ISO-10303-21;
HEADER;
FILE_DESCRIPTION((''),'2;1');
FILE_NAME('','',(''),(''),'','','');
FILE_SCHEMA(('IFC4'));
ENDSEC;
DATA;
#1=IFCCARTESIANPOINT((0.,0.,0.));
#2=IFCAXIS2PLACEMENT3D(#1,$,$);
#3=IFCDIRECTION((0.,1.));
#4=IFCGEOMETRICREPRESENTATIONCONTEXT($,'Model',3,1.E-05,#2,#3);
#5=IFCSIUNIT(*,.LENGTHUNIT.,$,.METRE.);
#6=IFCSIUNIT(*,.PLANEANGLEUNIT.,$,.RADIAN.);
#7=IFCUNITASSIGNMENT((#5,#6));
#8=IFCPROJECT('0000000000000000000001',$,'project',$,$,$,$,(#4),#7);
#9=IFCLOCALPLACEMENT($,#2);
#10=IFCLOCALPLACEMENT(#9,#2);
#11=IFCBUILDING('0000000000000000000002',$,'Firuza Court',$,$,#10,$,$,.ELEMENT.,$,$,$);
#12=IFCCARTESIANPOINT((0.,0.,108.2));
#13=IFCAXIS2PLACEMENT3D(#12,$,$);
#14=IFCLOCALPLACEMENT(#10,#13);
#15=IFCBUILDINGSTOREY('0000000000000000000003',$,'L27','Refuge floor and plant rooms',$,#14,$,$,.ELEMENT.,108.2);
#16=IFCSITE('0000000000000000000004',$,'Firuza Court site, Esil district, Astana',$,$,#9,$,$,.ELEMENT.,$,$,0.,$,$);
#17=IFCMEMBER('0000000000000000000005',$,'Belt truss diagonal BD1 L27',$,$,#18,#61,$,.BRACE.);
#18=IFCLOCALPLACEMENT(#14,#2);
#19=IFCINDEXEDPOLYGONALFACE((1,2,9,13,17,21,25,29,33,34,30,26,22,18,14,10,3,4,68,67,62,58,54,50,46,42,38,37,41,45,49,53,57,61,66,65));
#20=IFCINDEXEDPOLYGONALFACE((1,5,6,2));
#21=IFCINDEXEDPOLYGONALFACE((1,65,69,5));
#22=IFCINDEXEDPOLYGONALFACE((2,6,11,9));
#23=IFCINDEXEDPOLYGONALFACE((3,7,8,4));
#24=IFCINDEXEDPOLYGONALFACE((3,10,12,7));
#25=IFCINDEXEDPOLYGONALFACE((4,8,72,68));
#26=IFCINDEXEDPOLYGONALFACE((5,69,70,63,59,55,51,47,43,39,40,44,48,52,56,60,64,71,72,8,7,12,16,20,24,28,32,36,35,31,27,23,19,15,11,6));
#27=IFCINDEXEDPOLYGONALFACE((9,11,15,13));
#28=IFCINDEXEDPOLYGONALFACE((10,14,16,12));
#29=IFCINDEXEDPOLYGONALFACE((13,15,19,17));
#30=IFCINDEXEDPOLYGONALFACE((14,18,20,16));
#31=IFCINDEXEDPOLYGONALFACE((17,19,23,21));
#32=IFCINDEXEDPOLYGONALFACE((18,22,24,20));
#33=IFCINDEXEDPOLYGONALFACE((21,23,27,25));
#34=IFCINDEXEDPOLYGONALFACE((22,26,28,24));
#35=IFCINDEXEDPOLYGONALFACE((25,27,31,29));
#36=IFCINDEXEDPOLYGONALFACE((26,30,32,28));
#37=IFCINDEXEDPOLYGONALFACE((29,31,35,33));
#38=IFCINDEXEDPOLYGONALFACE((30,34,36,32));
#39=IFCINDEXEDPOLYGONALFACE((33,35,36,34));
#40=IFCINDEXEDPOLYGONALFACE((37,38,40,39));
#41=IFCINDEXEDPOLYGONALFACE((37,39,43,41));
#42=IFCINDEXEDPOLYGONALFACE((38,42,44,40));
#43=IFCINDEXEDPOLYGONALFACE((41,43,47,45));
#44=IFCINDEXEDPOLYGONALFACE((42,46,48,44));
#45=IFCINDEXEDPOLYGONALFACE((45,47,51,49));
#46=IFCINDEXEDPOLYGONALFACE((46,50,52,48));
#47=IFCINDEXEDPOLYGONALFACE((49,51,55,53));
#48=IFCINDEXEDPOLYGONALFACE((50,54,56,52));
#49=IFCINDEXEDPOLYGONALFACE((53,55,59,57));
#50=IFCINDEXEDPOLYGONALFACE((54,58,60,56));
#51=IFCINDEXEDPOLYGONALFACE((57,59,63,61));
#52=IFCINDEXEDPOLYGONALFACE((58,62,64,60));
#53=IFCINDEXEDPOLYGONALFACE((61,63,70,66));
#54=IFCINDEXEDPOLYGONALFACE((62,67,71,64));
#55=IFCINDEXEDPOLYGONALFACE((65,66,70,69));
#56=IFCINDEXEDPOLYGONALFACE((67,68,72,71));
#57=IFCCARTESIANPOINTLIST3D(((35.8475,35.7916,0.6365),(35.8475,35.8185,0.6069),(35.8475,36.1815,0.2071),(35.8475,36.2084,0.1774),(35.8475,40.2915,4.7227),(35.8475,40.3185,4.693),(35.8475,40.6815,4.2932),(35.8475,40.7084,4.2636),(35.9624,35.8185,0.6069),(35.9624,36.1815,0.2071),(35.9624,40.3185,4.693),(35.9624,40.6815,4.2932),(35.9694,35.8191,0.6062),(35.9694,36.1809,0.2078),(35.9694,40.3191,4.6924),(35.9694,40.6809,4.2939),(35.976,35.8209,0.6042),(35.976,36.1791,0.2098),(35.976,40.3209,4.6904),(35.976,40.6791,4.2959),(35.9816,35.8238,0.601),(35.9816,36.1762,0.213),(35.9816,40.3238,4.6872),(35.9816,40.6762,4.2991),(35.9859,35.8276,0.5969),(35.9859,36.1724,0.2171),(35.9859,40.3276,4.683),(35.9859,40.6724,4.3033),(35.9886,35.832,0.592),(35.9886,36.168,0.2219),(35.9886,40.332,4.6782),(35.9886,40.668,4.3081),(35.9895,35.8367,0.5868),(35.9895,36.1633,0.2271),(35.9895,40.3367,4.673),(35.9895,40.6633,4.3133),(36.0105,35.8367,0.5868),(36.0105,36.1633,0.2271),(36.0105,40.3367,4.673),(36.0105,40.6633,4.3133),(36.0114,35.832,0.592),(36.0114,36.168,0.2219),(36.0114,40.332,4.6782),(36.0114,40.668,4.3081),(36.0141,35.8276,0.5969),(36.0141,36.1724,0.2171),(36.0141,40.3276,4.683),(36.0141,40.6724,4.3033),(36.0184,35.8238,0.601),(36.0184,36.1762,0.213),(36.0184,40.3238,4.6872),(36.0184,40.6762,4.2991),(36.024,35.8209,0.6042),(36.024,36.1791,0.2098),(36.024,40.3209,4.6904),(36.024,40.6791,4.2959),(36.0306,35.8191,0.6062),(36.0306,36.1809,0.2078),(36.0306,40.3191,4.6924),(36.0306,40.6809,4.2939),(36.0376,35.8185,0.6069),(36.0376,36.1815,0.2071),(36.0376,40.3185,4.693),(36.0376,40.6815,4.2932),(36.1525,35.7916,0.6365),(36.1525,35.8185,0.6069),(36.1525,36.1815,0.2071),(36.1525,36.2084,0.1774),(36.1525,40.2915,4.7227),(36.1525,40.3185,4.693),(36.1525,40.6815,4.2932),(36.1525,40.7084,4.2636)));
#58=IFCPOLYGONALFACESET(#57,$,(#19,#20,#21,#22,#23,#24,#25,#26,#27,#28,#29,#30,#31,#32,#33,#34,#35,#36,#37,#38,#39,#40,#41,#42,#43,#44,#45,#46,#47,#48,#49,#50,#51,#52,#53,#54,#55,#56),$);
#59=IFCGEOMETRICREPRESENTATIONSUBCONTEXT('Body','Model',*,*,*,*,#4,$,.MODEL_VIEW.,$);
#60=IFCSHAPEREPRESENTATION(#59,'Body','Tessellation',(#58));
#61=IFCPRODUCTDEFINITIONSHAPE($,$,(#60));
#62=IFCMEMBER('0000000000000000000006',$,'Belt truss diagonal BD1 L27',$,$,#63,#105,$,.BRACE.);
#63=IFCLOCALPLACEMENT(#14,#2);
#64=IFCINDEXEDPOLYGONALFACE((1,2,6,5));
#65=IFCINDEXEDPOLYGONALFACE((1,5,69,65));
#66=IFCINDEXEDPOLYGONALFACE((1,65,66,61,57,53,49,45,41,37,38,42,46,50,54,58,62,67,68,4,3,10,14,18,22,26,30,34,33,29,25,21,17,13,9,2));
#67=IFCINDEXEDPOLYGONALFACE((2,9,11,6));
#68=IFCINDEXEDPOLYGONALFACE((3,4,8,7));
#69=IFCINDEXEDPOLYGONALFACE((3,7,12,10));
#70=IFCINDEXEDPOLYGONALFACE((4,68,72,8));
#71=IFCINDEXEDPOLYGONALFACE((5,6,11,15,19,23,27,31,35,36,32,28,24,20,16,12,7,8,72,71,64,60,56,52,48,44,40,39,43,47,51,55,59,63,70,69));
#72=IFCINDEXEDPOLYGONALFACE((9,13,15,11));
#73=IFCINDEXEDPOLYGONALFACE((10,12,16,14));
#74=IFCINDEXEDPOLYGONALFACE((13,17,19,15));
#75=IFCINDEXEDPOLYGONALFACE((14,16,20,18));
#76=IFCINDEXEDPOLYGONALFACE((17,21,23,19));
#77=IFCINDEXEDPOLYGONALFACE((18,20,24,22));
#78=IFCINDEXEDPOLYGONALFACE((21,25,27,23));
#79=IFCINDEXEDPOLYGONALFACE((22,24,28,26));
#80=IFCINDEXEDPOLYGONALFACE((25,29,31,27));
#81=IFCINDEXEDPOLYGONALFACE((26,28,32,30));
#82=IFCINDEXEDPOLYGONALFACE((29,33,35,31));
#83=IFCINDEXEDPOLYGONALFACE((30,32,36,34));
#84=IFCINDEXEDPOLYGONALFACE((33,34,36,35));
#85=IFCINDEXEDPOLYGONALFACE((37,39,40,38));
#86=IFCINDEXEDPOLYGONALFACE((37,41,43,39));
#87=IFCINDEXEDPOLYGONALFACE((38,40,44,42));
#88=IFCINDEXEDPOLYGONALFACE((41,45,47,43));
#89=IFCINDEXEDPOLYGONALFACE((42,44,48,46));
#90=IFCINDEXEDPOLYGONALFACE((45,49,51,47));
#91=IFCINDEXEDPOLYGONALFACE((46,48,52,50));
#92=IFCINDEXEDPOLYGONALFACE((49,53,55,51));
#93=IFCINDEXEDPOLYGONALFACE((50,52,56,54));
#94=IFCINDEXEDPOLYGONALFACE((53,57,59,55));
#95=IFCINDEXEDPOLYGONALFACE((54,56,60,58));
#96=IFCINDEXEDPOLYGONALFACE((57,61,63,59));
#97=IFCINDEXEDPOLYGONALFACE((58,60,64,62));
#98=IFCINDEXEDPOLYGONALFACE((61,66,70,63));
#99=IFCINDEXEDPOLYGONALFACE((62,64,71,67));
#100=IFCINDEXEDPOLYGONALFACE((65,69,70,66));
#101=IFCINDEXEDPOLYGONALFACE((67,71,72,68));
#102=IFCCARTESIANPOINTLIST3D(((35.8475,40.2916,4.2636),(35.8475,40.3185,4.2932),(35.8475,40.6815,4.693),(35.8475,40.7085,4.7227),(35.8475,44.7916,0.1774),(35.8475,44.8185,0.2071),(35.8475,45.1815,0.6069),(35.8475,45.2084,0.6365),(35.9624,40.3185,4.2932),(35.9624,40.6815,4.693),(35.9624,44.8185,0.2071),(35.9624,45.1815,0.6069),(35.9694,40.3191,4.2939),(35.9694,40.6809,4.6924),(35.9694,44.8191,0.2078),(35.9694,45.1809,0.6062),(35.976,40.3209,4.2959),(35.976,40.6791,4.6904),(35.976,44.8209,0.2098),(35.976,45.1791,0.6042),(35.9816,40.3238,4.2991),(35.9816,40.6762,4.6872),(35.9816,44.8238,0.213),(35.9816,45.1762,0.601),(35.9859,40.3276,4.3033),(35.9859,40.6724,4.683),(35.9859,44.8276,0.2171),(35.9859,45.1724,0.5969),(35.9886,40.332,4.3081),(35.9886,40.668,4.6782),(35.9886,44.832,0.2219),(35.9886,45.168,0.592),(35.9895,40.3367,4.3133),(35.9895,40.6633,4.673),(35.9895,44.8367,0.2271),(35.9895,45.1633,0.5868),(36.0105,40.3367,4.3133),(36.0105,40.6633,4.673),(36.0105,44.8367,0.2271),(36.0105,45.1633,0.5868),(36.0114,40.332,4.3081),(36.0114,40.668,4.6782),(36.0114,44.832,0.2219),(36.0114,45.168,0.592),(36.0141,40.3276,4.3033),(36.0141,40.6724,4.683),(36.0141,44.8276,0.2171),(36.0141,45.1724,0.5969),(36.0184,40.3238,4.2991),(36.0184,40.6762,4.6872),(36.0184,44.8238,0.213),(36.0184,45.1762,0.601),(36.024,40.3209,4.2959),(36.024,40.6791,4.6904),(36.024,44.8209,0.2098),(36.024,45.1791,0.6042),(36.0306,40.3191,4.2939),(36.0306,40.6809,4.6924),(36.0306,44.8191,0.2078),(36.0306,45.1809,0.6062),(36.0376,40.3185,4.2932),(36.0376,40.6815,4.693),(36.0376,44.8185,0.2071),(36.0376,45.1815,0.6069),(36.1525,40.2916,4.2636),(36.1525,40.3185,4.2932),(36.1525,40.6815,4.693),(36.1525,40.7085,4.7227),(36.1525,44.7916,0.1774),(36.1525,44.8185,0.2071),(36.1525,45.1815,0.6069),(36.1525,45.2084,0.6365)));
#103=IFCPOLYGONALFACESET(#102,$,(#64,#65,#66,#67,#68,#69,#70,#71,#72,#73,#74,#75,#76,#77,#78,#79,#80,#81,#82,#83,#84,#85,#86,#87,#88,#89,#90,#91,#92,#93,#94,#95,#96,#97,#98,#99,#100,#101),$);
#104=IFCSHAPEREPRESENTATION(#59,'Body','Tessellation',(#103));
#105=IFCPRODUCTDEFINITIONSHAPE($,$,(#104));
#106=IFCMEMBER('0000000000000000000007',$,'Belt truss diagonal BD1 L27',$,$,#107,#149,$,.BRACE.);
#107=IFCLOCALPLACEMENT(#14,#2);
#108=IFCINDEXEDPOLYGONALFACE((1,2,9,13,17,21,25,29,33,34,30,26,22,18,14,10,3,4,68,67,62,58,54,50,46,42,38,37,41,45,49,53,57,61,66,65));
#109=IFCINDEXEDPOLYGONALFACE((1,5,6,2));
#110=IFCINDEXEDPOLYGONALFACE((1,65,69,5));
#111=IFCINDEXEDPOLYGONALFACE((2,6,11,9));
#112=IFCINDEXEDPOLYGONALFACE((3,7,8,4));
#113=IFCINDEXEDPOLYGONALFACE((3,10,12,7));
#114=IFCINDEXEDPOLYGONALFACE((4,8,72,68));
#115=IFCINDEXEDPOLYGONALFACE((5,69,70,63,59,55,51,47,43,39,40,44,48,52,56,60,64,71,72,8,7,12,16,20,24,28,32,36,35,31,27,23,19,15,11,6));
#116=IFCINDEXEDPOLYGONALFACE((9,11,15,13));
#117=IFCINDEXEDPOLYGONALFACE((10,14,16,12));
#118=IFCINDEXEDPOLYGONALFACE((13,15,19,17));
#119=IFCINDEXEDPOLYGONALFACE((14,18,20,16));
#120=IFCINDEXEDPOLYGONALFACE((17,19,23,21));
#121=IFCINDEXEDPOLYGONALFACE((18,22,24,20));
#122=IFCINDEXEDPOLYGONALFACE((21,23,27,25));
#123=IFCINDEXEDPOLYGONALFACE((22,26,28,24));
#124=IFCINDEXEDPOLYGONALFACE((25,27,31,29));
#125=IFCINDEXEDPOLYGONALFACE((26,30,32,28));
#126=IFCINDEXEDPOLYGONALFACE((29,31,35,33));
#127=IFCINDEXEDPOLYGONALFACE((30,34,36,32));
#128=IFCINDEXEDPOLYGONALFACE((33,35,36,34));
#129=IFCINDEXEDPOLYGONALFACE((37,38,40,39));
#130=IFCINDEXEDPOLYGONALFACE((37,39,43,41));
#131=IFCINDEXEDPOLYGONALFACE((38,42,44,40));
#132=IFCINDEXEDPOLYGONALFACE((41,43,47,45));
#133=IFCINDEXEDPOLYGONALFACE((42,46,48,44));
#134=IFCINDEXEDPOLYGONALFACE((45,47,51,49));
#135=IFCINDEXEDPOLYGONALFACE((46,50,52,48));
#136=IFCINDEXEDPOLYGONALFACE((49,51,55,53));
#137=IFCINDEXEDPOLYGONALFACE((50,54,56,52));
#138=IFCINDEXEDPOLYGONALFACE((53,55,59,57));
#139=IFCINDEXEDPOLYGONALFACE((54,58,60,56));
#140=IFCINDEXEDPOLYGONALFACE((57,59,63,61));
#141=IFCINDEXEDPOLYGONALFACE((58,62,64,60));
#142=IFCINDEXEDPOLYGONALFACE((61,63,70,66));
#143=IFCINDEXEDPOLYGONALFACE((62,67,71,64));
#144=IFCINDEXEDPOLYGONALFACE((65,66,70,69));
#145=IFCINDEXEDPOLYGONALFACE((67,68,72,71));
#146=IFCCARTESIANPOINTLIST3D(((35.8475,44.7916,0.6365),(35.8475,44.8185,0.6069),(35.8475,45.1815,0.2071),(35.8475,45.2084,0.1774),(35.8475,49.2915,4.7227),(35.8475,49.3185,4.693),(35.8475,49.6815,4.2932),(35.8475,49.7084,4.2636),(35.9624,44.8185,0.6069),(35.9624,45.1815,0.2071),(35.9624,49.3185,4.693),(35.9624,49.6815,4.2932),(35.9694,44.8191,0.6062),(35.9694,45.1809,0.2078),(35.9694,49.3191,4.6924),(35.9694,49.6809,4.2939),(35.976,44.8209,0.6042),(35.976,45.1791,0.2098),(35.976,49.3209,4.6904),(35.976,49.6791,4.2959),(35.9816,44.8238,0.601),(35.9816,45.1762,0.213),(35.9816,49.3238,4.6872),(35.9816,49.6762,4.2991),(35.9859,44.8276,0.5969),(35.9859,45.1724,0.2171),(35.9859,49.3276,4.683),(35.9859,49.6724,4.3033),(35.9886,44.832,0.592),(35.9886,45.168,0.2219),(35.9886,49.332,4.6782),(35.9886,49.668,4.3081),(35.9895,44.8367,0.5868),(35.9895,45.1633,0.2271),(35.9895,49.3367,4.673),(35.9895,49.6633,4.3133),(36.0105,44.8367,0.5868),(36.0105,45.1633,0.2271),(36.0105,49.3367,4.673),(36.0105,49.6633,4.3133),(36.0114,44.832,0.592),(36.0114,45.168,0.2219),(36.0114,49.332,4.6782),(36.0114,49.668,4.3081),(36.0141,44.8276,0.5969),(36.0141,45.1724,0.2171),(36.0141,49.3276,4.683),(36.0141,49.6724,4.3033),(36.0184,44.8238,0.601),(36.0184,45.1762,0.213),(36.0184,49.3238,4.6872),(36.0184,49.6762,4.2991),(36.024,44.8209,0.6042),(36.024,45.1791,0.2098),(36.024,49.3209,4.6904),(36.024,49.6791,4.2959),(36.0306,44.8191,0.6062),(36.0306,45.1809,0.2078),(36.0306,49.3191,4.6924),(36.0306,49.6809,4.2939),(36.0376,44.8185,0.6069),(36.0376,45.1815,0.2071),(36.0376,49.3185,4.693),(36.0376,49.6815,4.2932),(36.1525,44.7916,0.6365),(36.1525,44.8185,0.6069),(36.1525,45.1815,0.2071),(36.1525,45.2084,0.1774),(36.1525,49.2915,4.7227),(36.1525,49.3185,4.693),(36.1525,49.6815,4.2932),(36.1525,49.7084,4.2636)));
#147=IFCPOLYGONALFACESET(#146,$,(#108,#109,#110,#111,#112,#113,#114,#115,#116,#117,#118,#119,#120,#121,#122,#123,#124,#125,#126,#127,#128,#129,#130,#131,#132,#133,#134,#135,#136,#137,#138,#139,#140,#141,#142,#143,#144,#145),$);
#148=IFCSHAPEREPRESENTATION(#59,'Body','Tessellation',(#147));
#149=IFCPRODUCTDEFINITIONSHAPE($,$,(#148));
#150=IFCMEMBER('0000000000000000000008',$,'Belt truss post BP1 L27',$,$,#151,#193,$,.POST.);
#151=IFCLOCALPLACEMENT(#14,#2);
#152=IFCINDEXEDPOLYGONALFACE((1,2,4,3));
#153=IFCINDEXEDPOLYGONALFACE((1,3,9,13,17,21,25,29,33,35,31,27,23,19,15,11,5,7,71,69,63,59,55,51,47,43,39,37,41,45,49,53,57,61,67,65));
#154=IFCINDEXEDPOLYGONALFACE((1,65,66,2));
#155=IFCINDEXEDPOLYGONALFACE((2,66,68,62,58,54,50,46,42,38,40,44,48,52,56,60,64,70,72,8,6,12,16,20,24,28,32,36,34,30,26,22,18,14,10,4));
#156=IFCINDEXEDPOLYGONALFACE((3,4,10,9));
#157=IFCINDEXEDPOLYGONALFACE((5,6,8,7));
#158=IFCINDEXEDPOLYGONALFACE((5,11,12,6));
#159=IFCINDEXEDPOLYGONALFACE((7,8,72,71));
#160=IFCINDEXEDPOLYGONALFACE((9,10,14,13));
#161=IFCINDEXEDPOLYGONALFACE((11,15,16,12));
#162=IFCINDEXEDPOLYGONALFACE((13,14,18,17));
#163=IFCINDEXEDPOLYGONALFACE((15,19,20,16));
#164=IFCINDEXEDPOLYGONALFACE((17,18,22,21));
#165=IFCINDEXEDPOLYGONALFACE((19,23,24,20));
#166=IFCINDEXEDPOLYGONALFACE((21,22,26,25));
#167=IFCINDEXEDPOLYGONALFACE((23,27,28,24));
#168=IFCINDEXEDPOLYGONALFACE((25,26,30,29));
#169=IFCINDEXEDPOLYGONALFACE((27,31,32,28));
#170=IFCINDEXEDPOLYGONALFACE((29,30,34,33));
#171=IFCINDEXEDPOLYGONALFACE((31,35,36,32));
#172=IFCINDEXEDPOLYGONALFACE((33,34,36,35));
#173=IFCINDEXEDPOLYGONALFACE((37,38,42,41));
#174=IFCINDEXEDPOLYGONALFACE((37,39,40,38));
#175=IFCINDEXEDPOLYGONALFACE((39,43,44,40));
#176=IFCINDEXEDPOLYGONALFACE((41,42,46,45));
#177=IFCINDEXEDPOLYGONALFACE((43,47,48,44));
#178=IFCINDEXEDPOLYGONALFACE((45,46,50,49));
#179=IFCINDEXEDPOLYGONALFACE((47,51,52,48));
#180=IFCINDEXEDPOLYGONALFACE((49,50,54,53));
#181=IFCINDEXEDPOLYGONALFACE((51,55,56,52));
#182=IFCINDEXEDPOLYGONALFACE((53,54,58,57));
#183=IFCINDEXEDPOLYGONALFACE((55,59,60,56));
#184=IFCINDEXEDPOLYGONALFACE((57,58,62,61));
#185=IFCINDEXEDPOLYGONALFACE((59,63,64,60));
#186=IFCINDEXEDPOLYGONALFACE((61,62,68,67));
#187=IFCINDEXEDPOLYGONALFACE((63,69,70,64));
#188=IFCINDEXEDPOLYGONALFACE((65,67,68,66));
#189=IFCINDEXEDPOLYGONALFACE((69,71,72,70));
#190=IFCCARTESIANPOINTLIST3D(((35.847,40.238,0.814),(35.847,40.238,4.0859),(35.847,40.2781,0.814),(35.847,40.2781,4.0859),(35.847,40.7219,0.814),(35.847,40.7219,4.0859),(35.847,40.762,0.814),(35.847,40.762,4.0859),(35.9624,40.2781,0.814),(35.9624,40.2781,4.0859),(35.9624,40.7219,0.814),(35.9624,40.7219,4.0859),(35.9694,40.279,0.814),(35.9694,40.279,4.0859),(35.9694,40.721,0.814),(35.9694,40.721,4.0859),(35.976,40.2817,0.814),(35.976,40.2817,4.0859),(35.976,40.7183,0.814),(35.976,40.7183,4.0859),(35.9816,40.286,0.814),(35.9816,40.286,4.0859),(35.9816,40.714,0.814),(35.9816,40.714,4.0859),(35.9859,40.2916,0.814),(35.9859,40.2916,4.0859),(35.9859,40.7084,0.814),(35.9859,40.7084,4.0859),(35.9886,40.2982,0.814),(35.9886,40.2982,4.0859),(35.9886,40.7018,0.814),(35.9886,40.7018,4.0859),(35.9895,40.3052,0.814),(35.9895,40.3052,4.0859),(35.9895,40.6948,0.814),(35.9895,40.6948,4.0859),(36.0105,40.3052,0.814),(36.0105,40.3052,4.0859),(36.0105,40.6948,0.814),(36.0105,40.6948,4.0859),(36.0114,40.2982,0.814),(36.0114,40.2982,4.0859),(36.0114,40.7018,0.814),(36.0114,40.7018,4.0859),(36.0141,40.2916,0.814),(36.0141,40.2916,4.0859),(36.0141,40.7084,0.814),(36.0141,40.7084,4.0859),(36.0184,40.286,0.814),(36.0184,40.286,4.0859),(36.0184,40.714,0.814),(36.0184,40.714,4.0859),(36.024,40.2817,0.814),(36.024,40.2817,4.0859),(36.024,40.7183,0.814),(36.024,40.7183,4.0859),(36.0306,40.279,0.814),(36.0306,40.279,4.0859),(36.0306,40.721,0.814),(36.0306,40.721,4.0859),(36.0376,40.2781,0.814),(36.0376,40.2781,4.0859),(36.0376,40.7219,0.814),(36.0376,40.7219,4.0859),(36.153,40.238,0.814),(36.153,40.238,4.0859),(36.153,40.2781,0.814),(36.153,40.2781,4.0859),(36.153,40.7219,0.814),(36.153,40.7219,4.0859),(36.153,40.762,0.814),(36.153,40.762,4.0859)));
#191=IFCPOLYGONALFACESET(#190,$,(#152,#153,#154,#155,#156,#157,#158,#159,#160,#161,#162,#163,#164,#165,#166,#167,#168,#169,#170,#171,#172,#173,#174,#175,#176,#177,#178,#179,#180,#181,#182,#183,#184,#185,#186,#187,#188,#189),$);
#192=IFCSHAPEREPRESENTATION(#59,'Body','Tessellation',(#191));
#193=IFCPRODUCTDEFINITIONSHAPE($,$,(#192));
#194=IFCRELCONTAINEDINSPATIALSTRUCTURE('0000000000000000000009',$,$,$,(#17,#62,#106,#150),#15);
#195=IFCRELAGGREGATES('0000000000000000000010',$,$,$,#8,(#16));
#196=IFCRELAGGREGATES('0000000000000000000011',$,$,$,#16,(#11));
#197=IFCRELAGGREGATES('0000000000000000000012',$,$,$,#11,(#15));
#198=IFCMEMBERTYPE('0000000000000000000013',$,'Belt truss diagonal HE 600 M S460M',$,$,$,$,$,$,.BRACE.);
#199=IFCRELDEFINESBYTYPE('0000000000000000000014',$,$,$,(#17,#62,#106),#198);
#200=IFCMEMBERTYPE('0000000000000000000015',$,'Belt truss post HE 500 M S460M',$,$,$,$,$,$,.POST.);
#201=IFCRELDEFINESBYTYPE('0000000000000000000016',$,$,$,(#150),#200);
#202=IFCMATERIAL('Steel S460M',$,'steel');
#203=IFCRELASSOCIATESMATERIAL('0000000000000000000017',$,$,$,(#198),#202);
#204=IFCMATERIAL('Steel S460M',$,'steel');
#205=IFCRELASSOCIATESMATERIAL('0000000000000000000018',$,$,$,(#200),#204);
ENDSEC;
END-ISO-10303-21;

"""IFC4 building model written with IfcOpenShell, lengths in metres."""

from ifc_helpers import new_model, si_unit, direction, frame, origin, origin_2d, place, context, subcontext, project, spatial, i_section, extrude, material, material_profile, profile_set, type_object, element, save


model = new_model("IFC4")

# Units and contexts
model_context = context("Model", 3, precision=1e-05, world=origin(), true_north=direction((0.0, 1.0)))
body_context = subcontext(model_context, "Body", "Model", "MODEL_VIEW")
ifc_project = project(units=[si_unit("LENGTHUNIT", "METRE"), si_unit("PLANEANGLEUNIT", "RADIAN")], contexts=[model_context])

# Site, building, storey
site_placement = place(None, origin())
site = spatial("IfcSite", under=ifc_project, at=site_placement, Name="Firuza Court site, Esil district, Astana", CompositionType="ELEMENT", RefElevation=0.0)
building_placement = place(site_placement, origin())
building = spatial("IfcBuilding", under=site, at=building_placement, Name="Firuza Court", CompositionType="ELEMENT")
storey_placement = place(building_placement, frame((0.0, 0.0, 108.2)))
storey = spatial("IfcBuildingStorey", under=building, at=storey_placement, Name="L27", Description="Refuge floor and plant rooms", CompositionType="ELEMENT", Elevation=108.2)

# Members
ifc_material_1 = material(Name="Steel S460M", Category="steel")
ifc_material_profile_1 = material_profile(ifc_material_1, i_section(OverallWidth=0.3049, OverallDepth=0.6201, WebThickness=0.021, FlangeThickness=0.04, FilletRadius=0.0271, at=origin_2d()), Name="HE 600 M")
ifc_profile_set_1 = profile_set([ifc_material_profile_1], Name="Steel S460M")
member_type_1 = type_object("IfcMemberType", Name="Belt truss diagonal HE 600 M S460M", PredefinedType="BRACE", material=ifc_profile_set_1)
for number, where, z_axis, x_axis, name in (
    (1, (36.0, 36.0, 0.407), (0.0, 0.740327, 0.672247), (-1.0, 0.0, 0.0), "Belt truss diagonal BD1 L27"),
    (2, (36.0, 45.0, 0.407), (0.0, -0.740327, 0.672247), (1.0, 0.0, 0.0), "Belt truss diagonal BD1 L27"),
    (3, (36.0, 45.0, 0.407), (0.0, 0.740327, 0.672247), (-1.0, 0.0, 0.0), "Belt truss diagonal BD1 L27"),
):
    element("IfcMember", number, at=place(storey_placement, frame(where, z_axis=z_axis, x_axis=x_axis)), inside=storey, type_object=member_type_1, Name=name, PredefinedType="BRACE", context=body_context, shape_type="SweptSolid", body=[
        extrude(i_section(OverallWidth=0.3049, OverallDepth=0.6201, WebThickness=0.021, FlangeThickness=0.04, FilletRadius=0.0271, at=origin_2d()), origin(), (0.0, 0.0, 1.0), 6.0784),
    ])
ifc_material_2 = material(Name="Steel S460M", Category="steel")
ifc_material_profile_2 = material_profile(ifc_material_2, i_section(OverallWidth=0.3059, OverallDepth=0.5239, WebThickness=0.021, FlangeThickness=0.04, FilletRadius=0.0271, at=origin_2d()), Name="HE 500 M")
ifc_profile_set_2 = profile_set([ifc_material_profile_2], Name="Steel S460M")
member_type_2 = type_object("IfcMemberType", Name="Belt truss post HE 500 M S460M", PredefinedType="POST", material=ifc_profile_set_2)
for number, where, z_axis, x_axis, name in (
    (4, (36.0, 40.5, 0.814), (0.0, 0.0, 1.0), (1.0, 0.0, 0.0), "Belt truss post BP1 L27"),
):
    element("IfcMember", number, at=place(storey_placement, frame(where, z_axis=z_axis, x_axis=x_axis)), inside=storey, type_object=member_type_2, Name=name, PredefinedType="POST", context=body_context, shape_type="SweptSolid", body=[
        extrude(i_section(OverallWidth=0.3059, OverallDepth=0.5239, WebThickness=0.021, FlangeThickness=0.04, FilletRadius=0.0271, at=origin_2d()), origin(), (0.0, 0.0, 1.0), 3.272),
    ])

save(model, "model.ifc")
